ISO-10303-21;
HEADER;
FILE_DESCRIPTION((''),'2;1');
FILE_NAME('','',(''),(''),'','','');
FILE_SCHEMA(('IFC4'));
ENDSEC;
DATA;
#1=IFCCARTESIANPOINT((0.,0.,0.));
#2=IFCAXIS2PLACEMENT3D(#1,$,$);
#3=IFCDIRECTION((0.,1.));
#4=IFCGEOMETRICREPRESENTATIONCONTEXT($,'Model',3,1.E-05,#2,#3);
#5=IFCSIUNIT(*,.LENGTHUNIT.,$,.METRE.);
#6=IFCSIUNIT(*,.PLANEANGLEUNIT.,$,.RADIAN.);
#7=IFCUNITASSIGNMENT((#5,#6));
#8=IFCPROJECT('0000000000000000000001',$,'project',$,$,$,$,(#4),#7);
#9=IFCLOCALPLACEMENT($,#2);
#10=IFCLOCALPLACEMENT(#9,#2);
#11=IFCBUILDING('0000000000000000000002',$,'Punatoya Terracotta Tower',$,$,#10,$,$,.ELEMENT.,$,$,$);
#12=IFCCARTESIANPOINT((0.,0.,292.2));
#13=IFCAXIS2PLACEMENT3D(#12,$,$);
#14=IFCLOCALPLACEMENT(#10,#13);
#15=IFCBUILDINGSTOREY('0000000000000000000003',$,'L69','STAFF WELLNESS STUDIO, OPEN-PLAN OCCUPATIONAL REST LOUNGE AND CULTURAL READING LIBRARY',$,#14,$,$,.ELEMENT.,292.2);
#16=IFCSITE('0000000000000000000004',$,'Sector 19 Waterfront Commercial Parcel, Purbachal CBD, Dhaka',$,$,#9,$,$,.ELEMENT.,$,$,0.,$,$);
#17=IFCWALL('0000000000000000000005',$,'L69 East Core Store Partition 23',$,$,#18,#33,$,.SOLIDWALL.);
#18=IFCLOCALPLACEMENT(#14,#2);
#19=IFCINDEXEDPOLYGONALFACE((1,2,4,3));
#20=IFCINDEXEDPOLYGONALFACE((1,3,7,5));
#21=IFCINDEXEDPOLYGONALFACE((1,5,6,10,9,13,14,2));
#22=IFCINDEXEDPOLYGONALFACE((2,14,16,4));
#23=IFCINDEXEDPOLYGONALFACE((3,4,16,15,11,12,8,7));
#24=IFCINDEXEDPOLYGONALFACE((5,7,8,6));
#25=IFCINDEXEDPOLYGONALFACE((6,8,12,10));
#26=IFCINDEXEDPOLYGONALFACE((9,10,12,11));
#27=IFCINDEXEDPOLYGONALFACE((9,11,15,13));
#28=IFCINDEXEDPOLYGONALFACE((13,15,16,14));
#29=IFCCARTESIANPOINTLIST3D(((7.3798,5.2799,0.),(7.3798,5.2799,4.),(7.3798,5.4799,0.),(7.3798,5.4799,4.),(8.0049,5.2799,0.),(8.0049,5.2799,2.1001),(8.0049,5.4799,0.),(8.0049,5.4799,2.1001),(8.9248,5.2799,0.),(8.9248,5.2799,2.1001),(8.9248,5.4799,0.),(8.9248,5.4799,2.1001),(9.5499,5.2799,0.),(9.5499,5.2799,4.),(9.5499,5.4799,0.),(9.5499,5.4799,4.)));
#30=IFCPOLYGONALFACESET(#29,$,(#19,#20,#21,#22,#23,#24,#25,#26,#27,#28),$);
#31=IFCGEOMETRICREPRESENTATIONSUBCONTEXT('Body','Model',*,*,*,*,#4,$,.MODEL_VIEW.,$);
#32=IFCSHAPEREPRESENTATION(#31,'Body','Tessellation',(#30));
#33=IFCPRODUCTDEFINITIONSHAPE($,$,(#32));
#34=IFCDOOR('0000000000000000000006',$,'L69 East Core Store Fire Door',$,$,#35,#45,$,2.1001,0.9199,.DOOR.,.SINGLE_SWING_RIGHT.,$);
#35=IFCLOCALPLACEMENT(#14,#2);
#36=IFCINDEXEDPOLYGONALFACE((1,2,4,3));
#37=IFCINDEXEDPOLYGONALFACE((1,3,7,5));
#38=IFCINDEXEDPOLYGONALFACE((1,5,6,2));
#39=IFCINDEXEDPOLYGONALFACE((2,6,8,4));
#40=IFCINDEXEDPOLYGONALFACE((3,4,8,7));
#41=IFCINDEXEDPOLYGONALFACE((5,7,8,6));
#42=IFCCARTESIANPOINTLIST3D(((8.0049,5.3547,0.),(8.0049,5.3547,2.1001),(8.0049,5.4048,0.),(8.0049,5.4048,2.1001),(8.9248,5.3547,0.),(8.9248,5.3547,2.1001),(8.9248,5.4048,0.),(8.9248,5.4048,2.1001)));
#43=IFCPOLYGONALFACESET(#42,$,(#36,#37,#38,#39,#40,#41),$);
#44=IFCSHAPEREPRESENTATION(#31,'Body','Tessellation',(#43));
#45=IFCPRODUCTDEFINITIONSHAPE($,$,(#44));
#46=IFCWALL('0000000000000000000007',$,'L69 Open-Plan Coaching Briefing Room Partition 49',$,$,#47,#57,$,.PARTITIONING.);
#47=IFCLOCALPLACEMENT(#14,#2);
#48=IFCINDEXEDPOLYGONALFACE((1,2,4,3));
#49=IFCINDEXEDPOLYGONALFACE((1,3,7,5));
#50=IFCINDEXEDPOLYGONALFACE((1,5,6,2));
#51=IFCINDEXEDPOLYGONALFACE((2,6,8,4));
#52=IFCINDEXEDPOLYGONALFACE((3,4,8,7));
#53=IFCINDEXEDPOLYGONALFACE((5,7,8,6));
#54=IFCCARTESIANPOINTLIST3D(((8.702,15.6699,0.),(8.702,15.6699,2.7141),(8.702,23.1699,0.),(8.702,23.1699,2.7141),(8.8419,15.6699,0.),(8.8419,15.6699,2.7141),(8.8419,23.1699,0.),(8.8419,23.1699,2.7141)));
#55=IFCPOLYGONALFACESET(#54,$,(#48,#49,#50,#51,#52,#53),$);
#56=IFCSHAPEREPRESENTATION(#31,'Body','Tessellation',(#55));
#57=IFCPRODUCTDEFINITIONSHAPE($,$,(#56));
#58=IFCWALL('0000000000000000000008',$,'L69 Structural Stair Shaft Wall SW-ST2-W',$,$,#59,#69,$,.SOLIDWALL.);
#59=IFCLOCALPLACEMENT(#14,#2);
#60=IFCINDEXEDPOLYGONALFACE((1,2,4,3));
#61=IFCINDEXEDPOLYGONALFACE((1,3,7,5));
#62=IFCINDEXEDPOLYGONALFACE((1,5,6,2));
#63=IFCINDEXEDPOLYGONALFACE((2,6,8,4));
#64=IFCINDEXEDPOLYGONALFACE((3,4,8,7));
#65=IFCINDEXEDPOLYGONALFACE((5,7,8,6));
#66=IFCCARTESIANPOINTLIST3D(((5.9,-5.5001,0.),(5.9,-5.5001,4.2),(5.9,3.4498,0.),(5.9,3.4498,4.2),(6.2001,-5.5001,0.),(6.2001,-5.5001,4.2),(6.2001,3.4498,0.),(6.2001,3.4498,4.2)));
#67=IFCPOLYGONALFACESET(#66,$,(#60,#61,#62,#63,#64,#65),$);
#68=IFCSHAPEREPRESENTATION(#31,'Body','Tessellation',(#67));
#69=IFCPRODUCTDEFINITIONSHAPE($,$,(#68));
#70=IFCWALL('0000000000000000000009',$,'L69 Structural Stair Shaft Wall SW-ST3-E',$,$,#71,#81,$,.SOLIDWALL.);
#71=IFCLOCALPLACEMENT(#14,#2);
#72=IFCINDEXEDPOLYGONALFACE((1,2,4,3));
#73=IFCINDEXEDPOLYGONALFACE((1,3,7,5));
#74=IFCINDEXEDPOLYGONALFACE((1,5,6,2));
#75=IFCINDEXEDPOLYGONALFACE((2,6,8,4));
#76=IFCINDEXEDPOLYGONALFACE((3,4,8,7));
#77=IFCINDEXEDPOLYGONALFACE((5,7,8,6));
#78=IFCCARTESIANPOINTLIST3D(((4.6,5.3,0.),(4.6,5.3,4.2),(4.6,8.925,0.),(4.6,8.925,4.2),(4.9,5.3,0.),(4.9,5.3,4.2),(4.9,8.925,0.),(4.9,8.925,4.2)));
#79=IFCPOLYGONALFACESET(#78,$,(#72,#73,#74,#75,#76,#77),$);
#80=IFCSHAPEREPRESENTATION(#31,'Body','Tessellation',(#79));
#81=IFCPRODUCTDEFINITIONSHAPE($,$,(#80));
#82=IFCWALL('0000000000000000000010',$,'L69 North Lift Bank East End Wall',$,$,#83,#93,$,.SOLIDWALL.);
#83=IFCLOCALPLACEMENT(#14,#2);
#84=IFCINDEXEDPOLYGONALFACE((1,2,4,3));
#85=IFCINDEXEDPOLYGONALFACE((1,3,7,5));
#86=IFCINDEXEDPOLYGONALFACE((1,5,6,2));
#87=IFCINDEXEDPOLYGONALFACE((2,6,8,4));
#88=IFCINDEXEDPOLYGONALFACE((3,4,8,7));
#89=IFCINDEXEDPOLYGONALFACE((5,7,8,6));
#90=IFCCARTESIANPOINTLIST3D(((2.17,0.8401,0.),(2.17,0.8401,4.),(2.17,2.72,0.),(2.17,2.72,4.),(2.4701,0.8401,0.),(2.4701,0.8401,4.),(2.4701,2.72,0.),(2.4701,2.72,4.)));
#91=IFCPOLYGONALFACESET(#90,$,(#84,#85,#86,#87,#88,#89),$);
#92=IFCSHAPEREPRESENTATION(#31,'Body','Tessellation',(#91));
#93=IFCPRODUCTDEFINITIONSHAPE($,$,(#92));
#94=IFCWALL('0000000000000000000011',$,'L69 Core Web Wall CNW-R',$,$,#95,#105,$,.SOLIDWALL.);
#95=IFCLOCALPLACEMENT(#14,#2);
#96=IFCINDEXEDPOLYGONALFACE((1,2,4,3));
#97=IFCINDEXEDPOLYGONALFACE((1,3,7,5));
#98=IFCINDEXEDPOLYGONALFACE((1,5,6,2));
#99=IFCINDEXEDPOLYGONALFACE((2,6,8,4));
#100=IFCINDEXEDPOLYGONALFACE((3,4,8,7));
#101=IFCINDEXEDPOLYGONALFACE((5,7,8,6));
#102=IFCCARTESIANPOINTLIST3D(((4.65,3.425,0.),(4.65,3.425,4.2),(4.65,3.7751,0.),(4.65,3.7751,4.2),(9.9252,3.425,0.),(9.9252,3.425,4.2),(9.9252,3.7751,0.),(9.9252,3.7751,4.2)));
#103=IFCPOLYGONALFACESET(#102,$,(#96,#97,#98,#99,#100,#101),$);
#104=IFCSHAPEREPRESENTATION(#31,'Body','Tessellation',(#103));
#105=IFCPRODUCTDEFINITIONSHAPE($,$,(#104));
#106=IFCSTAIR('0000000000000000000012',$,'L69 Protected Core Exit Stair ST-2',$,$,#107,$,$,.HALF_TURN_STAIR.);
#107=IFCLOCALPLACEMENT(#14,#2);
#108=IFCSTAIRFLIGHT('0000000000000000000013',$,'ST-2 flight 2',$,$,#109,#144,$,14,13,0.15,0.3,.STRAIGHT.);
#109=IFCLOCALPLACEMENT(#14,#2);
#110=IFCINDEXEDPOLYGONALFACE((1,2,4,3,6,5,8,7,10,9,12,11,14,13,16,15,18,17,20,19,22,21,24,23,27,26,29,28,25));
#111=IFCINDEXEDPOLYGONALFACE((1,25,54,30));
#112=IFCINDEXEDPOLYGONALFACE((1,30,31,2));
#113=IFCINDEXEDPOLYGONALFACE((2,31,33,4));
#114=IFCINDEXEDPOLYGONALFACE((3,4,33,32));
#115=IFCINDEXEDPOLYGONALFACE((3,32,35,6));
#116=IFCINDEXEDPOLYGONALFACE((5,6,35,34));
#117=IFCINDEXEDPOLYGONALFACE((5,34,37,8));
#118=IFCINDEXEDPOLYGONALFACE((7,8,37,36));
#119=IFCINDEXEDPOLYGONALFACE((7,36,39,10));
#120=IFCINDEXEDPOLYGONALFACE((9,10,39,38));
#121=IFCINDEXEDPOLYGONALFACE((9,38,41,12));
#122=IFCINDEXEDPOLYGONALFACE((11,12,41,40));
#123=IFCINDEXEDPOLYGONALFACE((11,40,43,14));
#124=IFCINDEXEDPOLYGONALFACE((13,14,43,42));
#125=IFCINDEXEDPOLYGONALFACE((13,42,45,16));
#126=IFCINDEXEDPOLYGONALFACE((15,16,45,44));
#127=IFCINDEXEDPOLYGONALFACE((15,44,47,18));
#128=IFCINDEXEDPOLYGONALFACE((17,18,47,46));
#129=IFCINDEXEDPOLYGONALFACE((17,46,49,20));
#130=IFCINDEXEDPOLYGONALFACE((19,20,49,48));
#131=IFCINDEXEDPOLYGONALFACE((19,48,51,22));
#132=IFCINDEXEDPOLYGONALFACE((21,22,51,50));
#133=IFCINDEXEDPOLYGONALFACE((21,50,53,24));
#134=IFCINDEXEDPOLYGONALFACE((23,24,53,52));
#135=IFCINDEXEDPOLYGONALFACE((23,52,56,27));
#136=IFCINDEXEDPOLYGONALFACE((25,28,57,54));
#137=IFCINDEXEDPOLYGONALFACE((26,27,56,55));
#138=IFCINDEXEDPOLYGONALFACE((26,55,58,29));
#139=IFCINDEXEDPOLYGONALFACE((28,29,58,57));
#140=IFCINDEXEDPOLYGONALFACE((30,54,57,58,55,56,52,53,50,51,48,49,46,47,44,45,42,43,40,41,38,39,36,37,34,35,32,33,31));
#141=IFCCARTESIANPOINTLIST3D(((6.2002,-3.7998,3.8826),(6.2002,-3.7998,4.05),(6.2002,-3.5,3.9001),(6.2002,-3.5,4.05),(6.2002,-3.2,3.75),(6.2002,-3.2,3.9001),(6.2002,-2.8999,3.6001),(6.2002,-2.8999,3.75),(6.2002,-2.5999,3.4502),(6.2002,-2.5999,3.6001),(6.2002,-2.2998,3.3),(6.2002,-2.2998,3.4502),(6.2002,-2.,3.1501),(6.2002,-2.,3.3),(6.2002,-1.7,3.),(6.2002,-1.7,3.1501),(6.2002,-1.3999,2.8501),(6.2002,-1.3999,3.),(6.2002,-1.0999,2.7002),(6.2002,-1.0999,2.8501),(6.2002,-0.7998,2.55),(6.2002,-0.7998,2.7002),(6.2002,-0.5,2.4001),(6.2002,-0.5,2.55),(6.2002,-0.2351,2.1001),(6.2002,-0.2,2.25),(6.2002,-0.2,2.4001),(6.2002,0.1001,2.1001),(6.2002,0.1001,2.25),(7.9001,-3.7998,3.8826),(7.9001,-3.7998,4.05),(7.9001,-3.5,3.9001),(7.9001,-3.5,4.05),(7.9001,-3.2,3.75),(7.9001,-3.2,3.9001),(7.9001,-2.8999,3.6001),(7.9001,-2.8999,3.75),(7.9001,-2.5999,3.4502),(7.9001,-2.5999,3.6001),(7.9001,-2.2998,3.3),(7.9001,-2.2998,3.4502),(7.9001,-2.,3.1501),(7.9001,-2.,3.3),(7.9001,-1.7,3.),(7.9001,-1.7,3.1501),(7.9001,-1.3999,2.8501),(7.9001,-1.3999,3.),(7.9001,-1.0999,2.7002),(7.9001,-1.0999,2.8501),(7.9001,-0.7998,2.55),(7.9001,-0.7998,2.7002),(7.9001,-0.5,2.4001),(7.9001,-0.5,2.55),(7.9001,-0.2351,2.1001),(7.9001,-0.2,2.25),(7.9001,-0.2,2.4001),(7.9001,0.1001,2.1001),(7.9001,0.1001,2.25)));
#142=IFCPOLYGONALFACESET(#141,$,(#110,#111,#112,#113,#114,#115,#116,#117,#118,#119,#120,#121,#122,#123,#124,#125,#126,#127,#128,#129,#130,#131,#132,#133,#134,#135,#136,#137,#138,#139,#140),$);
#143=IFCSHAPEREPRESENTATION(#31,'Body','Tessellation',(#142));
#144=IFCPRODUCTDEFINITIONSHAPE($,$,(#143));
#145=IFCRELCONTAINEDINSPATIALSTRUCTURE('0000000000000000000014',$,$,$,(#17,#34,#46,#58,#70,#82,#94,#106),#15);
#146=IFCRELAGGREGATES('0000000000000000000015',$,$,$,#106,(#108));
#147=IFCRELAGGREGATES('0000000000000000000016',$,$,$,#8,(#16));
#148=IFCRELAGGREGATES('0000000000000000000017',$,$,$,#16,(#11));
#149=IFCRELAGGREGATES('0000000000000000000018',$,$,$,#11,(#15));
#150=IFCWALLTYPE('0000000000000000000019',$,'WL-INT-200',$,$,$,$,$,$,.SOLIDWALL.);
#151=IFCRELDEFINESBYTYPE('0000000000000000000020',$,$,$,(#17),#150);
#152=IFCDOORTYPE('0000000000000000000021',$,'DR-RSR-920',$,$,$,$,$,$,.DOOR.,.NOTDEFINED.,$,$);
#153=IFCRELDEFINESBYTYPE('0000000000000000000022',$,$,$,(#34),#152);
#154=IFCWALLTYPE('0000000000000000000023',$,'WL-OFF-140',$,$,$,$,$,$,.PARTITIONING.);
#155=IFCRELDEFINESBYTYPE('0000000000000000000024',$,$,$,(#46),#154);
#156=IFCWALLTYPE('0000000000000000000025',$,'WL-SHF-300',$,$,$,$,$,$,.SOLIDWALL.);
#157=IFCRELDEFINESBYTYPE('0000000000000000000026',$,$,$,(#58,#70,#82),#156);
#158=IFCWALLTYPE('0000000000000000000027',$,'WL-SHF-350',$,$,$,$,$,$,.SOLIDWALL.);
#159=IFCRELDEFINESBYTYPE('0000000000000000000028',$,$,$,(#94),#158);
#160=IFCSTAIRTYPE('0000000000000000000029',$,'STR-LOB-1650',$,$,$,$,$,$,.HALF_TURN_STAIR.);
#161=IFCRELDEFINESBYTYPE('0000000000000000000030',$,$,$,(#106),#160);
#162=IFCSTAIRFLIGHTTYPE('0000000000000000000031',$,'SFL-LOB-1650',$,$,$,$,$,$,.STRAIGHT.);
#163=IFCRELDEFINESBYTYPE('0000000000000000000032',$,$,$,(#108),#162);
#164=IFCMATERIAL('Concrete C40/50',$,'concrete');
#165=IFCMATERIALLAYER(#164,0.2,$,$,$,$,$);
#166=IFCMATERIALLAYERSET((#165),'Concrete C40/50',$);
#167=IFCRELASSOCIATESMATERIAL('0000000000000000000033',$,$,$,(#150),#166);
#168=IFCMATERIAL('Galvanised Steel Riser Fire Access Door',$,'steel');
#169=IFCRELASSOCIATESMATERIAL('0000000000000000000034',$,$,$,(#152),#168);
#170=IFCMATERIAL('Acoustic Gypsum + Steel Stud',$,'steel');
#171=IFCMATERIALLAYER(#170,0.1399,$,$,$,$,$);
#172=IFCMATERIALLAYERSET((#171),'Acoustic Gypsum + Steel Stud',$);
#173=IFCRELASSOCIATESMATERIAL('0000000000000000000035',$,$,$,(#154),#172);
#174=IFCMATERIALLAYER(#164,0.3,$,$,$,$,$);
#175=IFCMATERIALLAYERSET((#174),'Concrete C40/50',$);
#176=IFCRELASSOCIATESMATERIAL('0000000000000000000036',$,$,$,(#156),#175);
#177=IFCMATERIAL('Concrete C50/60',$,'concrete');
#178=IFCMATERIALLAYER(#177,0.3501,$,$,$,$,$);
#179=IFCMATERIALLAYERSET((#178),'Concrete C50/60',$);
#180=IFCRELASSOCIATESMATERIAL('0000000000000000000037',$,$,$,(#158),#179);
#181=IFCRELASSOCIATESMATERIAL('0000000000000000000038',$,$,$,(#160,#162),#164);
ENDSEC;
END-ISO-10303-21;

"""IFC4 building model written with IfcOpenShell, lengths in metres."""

from ifc_helpers import new_model, si_unit, direction, frame, frame_2d, origin, place, context, subcontext, project, spatial, polyline, rectangle, outline, extrude, material, layer, layer_set, type_object, element, fill, aggregate, save


model = new_model("IFC4")

# Units and contexts
model_context = context("Model", 3, precision=1e-05, world=origin(), true_north=direction((0.0, 1.0)))
body_context = subcontext(model_context, "Body", "Model", "MODEL_VIEW")
ifc_project = project(units=[si_unit("LENGTHUNIT", "METRE"), si_unit("PLANEANGLEUNIT", "RADIAN")], contexts=[model_context])

# Site, building, storey
site_placement = place(None, origin())
site = spatial("IfcSite", under=ifc_project, at=site_placement, Name="Sector 19 Waterfront Commercial Parcel, Purbachal CBD, Dhaka", CompositionType="ELEMENT", RefElevation=0.0)
building_placement = place(site_placement, origin())
building = spatial("IfcBuilding", under=site, at=building_placement, Name="Punatoya Terracotta Tower", CompositionType="ELEMENT")
storey_placement = place(building_placement, frame((0.0, 0.0, 292.2)))
storey = spatial("IfcBuildingStorey", under=building, at=storey_placement, Name="L69", Description="STAFF WELLNESS STUDIO, OPEN-PLAN OCCUPATIONAL REST LOUNGE AND CULTURAL READING LIBRARY", CompositionType="ELEMENT", Elevation=292.2)

# Shared definitions
ifc_material_1 = material(Name="Concrete C40/50", Category="concrete")
ifc_layer_1 = layer(ifc_material_1, 0.2)
ifc_layer_set_1 = layer_set([ifc_layer_1], Name="Concrete C40/50")
wall_type_1 = type_object("IfcWallType", Name="WL-INT-200", PredefinedType="SOLIDWALL", material=ifc_layer_set_1)

# Wall, opening, door
wall_1_placement = place(storey_placement, frame((7.3799, 5.3799, 0.0), z_axis=(0.0, 0.0, 1.0), x_axis=(1.0, 0.0, 0.0)))
wall_1 = element("IfcWall", 1, at=wall_1_placement, inside=storey, type_object=wall_type_1, Name="L69 East Core Store Partition 23", PredefinedType="SOLIDWALL", context=body_context, shape_type="SweptSolid", body=[
    extrude(rectangle(XDim=2.1702, YDim=0.2, at=frame_2d((1.085, 0.0))), origin(), (0.0, 0.0, 1.0), 4.0),
])
opening_1_placement = place(wall_1_placement, frame((0.625, 0.0, 0.0)))
opening_1 = element("IfcOpeningElement", 2, at=opening_1_placement, cuts=wall_1, PredefinedType="OPENING", context=body_context, shape_type="SweptSolid", body=[
    extrude(rectangle(XDim=0.9199, YDim=2.1001, at=frame_2d((0.46, 1.05))), frame((0.0, 0.1099, 0.0), z_axis=(0.0, -1.0, 0.0), x_axis=(1.0, 0.0, 0.0)), (0.0, 0.0, 1.0), 0.22),
])
ifc_material_2 = material(Name="Galvanised Steel Riser Fire Access Door", Category="steel")
door_type_1 = type_object("IfcDoorType", Name="DR-RSR-920", OperationType="NOTDEFINED", PredefinedType="DOOR", material=ifc_material_2)
door_1_placement = place(opening_1_placement, origin())
door_1 = element("IfcDoor", 3, at=door_1_placement, inside=storey, type_object=door_type_1, Name="L69 East Core Store Fire Door", OperationType="SINGLE_SWING_RIGHT", OverallHeight=2.1001, OverallWidth=0.9199, PredefinedType="DOOR", context=body_context, shape_type="SweptSolid", body=[
    extrude(rectangle(XDim=0.9199, YDim=2.1001, at=frame_2d((0.46, 1.05))), frame((0.0, 0.0249, 0.0), z_axis=(0.0, -1.0, 0.0), x_axis=(1.0, 0.0, 0.0)), (0.0, 0.0, 1.0), 0.05),
])
fill(opening_1, door_1)

# Walls
ifc_material_3 = material(Name="Acoustic Gypsum + Steel Stud", Category="steel")
ifc_layer_2 = layer(ifc_material_3, 0.1399)
ifc_layer_set_2 = layer_set([ifc_layer_2], Name="Acoustic Gypsum + Steel Stud")
wall_type_2 = type_object("IfcWallType", Name="WL-OFF-140", PredefinedType="PARTITIONING", material=ifc_layer_set_2)
wall_2_placement = place(storey_placement, frame((8.772, 15.6699, 0.0), z_axis=(0.0, 0.0, 1.0), x_axis=(0.0, 1.0, 0.0)))
element("IfcWall", 4, at=wall_2_placement, inside=storey, type_object=wall_type_2, Name="L69 Open-Plan Coaching Briefing Room Partition 49", PredefinedType="PARTITIONING", context=body_context, shape_type="SweptSolid", body=[
    extrude(rectangle(XDim=7.5, YDim=0.1399, at=frame_2d((3.75, 0.0))), origin(), (0.0, 0.0, 1.0), 2.7141),
])
ifc_layer_3 = layer(ifc_material_1, 0.3)
ifc_layer_set_3 = layer_set([ifc_layer_3], Name="Concrete C40/50")
wall_type_3 = type_object("IfcWallType", Name="WL-SHF-300", PredefinedType="SOLIDWALL", material=ifc_layer_set_3)
wall_3_placement = place(storey_placement, frame((6.05, 3.45, 0.0), z_axis=(0.0, 0.0, 1.0), x_axis=(0.0, -1.0, 0.0)))
element("IfcWall", 5, at=wall_3_placement, inside=storey, type_object=wall_type_3, Name="L69 Structural Stair Shaft Wall SW-ST2-W", PredefinedType="SOLIDWALL", context=body_context, shape_type="SweptSolid", body=[
    extrude(rectangle(XDim=8.95, YDim=0.3, at=frame_2d((4.4751, 0.0))), origin(), (0.0, 0.0, 1.0), 4.2),
])
wall_4_placement = place(storey_placement, frame((4.75, 8.925, 0.0), z_axis=(0.0, 0.0, 1.0), x_axis=(0.0, -1.0, 0.0)))
element("IfcWall", 6, at=wall_4_placement, inside=storey, type_object=wall_type_3, Name="L69 Structural Stair Shaft Wall SW-ST3-E", PredefinedType="SOLIDWALL", context=body_context, shape_type="SweptSolid", body=[
    extrude(rectangle(XDim=3.625, YDim=0.3, at=frame_2d((1.8125, 0.0))), origin(), (0.0, 0.0, 1.0), 4.2),
])
wall_5_placement = place(storey_placement, frame((2.3201, 0.8401, 0.0), z_axis=(0.0, 0.0, 1.0), x_axis=(0.0, 1.0, 0.0)))
element("IfcWall", 7, at=wall_5_placement, inside=storey, type_object=wall_type_3, Name="L69 North Lift Bank East End Wall", PredefinedType="SOLIDWALL", context=body_context, shape_type="SweptSolid", body=[
    extrude(rectangle(XDim=1.8799, YDim=0.3, at=frame_2d((0.9399, 0.0))), origin(), (0.0, 0.0, 1.0), 4.0),
])
ifc_material_4 = material(Name="Concrete C50/60", Category="concrete")
ifc_layer_4 = layer(ifc_material_4, 0.3501)
ifc_layer_set_4 = layer_set([ifc_layer_4], Name="Concrete C50/60")
wall_type_4 = type_object("IfcWallType", Name="WL-SHF-350", PredefinedType="SOLIDWALL", material=ifc_layer_set_4)
wall_6_placement = place(storey_placement, frame((4.6499, 3.6001, 0.0), z_axis=(0.0, 0.0, 1.0), x_axis=(1.0, 0.0, 0.0)))
element("IfcWall", 8, at=wall_6_placement, inside=storey, type_object=wall_type_4, Name="L69 Core Web Wall CNW-R", PredefinedType="SOLIDWALL", context=body_context, shape_type="SweptSolid", body=[
    extrude(rectangle(XDim=5.2751, YDim=0.3501, at=frame_2d((2.6377, 0.0))), origin(), (0.0, 0.0, 1.0), 4.2),
])

# Stair, stair flight
stair_type_1 = type_object("IfcStairType", Name="STR-LOB-1650", PredefinedType="HALF_TURN_STAIR", material=ifc_material_1)
stair_1_placement = place(storey_placement, origin())
stair_1 = element("IfcStair", 9, at=stair_1_placement, inside=storey, type_object=stair_type_1, Name="L69 Protected Core Exit Stair ST-2", PredefinedType="HALF_TURN_STAIR")
stair_flight_type_1 = type_object("IfcStairFlightType", Name="SFL-LOB-1650", PredefinedType="STRAIGHT", material=ifc_material_1)
stair_flight_1_placement = place(storey_placement, frame((7.05, 0.1001, 2.1001), z_axis=(0.0, 0.0, 1.0), x_axis=(0.0, -1.0, 0.0)))
stair_flight_1 = element("IfcStairFlight", 10, at=stair_flight_1_placement, type_object=stair_flight_type_1, Name="ST-2 flight 2", NumberOfRisers=14, NumberOfTreads=13, PredefinedType="STRAIGHT", RiserHeight=0.15, TreadLength=0.3, context=body_context, shape_type="SweptSolid", body=[
    extrude(outline(polyline([(0.0, 0.0), (0.0, 0.1499), (0.3, 0.1499), (0.3, 0.3), (0.6001, 0.3), (0.6001, 0.45), (0.8999, 0.45), (0.8999, 0.6001), (1.2, 0.6001), (1.2, 0.75), (1.5, 0.75), (1.5, 0.8999), (1.8, 0.8999), (1.8, 1.05), (2.1001, 1.05), (2.1001, 1.2), (2.3999, 1.2), (2.3999, 1.3501), (2.7, 1.3501), (2.7, 1.5), (3.0, 1.5), (3.0, 1.6499), (3.3, 1.6499), (3.3, 1.8), (3.6001, 1.8), (3.6001, 1.95), (3.8999, 1.95), (3.8999, 2.1001), (3.8999, 1.7825), (0.3352, 0.0), (0.0, 0.0)])), frame((0.0, 0.8501, 0.0), z_axis=(0.0, -1.0, 0.0), x_axis=(1.0, 0.0, 0.0)), (0.0, 0.0, 1.0), 1.7),
])
aggregate(stair_1, [stair_flight_1])

save(model, "model.ifc")
